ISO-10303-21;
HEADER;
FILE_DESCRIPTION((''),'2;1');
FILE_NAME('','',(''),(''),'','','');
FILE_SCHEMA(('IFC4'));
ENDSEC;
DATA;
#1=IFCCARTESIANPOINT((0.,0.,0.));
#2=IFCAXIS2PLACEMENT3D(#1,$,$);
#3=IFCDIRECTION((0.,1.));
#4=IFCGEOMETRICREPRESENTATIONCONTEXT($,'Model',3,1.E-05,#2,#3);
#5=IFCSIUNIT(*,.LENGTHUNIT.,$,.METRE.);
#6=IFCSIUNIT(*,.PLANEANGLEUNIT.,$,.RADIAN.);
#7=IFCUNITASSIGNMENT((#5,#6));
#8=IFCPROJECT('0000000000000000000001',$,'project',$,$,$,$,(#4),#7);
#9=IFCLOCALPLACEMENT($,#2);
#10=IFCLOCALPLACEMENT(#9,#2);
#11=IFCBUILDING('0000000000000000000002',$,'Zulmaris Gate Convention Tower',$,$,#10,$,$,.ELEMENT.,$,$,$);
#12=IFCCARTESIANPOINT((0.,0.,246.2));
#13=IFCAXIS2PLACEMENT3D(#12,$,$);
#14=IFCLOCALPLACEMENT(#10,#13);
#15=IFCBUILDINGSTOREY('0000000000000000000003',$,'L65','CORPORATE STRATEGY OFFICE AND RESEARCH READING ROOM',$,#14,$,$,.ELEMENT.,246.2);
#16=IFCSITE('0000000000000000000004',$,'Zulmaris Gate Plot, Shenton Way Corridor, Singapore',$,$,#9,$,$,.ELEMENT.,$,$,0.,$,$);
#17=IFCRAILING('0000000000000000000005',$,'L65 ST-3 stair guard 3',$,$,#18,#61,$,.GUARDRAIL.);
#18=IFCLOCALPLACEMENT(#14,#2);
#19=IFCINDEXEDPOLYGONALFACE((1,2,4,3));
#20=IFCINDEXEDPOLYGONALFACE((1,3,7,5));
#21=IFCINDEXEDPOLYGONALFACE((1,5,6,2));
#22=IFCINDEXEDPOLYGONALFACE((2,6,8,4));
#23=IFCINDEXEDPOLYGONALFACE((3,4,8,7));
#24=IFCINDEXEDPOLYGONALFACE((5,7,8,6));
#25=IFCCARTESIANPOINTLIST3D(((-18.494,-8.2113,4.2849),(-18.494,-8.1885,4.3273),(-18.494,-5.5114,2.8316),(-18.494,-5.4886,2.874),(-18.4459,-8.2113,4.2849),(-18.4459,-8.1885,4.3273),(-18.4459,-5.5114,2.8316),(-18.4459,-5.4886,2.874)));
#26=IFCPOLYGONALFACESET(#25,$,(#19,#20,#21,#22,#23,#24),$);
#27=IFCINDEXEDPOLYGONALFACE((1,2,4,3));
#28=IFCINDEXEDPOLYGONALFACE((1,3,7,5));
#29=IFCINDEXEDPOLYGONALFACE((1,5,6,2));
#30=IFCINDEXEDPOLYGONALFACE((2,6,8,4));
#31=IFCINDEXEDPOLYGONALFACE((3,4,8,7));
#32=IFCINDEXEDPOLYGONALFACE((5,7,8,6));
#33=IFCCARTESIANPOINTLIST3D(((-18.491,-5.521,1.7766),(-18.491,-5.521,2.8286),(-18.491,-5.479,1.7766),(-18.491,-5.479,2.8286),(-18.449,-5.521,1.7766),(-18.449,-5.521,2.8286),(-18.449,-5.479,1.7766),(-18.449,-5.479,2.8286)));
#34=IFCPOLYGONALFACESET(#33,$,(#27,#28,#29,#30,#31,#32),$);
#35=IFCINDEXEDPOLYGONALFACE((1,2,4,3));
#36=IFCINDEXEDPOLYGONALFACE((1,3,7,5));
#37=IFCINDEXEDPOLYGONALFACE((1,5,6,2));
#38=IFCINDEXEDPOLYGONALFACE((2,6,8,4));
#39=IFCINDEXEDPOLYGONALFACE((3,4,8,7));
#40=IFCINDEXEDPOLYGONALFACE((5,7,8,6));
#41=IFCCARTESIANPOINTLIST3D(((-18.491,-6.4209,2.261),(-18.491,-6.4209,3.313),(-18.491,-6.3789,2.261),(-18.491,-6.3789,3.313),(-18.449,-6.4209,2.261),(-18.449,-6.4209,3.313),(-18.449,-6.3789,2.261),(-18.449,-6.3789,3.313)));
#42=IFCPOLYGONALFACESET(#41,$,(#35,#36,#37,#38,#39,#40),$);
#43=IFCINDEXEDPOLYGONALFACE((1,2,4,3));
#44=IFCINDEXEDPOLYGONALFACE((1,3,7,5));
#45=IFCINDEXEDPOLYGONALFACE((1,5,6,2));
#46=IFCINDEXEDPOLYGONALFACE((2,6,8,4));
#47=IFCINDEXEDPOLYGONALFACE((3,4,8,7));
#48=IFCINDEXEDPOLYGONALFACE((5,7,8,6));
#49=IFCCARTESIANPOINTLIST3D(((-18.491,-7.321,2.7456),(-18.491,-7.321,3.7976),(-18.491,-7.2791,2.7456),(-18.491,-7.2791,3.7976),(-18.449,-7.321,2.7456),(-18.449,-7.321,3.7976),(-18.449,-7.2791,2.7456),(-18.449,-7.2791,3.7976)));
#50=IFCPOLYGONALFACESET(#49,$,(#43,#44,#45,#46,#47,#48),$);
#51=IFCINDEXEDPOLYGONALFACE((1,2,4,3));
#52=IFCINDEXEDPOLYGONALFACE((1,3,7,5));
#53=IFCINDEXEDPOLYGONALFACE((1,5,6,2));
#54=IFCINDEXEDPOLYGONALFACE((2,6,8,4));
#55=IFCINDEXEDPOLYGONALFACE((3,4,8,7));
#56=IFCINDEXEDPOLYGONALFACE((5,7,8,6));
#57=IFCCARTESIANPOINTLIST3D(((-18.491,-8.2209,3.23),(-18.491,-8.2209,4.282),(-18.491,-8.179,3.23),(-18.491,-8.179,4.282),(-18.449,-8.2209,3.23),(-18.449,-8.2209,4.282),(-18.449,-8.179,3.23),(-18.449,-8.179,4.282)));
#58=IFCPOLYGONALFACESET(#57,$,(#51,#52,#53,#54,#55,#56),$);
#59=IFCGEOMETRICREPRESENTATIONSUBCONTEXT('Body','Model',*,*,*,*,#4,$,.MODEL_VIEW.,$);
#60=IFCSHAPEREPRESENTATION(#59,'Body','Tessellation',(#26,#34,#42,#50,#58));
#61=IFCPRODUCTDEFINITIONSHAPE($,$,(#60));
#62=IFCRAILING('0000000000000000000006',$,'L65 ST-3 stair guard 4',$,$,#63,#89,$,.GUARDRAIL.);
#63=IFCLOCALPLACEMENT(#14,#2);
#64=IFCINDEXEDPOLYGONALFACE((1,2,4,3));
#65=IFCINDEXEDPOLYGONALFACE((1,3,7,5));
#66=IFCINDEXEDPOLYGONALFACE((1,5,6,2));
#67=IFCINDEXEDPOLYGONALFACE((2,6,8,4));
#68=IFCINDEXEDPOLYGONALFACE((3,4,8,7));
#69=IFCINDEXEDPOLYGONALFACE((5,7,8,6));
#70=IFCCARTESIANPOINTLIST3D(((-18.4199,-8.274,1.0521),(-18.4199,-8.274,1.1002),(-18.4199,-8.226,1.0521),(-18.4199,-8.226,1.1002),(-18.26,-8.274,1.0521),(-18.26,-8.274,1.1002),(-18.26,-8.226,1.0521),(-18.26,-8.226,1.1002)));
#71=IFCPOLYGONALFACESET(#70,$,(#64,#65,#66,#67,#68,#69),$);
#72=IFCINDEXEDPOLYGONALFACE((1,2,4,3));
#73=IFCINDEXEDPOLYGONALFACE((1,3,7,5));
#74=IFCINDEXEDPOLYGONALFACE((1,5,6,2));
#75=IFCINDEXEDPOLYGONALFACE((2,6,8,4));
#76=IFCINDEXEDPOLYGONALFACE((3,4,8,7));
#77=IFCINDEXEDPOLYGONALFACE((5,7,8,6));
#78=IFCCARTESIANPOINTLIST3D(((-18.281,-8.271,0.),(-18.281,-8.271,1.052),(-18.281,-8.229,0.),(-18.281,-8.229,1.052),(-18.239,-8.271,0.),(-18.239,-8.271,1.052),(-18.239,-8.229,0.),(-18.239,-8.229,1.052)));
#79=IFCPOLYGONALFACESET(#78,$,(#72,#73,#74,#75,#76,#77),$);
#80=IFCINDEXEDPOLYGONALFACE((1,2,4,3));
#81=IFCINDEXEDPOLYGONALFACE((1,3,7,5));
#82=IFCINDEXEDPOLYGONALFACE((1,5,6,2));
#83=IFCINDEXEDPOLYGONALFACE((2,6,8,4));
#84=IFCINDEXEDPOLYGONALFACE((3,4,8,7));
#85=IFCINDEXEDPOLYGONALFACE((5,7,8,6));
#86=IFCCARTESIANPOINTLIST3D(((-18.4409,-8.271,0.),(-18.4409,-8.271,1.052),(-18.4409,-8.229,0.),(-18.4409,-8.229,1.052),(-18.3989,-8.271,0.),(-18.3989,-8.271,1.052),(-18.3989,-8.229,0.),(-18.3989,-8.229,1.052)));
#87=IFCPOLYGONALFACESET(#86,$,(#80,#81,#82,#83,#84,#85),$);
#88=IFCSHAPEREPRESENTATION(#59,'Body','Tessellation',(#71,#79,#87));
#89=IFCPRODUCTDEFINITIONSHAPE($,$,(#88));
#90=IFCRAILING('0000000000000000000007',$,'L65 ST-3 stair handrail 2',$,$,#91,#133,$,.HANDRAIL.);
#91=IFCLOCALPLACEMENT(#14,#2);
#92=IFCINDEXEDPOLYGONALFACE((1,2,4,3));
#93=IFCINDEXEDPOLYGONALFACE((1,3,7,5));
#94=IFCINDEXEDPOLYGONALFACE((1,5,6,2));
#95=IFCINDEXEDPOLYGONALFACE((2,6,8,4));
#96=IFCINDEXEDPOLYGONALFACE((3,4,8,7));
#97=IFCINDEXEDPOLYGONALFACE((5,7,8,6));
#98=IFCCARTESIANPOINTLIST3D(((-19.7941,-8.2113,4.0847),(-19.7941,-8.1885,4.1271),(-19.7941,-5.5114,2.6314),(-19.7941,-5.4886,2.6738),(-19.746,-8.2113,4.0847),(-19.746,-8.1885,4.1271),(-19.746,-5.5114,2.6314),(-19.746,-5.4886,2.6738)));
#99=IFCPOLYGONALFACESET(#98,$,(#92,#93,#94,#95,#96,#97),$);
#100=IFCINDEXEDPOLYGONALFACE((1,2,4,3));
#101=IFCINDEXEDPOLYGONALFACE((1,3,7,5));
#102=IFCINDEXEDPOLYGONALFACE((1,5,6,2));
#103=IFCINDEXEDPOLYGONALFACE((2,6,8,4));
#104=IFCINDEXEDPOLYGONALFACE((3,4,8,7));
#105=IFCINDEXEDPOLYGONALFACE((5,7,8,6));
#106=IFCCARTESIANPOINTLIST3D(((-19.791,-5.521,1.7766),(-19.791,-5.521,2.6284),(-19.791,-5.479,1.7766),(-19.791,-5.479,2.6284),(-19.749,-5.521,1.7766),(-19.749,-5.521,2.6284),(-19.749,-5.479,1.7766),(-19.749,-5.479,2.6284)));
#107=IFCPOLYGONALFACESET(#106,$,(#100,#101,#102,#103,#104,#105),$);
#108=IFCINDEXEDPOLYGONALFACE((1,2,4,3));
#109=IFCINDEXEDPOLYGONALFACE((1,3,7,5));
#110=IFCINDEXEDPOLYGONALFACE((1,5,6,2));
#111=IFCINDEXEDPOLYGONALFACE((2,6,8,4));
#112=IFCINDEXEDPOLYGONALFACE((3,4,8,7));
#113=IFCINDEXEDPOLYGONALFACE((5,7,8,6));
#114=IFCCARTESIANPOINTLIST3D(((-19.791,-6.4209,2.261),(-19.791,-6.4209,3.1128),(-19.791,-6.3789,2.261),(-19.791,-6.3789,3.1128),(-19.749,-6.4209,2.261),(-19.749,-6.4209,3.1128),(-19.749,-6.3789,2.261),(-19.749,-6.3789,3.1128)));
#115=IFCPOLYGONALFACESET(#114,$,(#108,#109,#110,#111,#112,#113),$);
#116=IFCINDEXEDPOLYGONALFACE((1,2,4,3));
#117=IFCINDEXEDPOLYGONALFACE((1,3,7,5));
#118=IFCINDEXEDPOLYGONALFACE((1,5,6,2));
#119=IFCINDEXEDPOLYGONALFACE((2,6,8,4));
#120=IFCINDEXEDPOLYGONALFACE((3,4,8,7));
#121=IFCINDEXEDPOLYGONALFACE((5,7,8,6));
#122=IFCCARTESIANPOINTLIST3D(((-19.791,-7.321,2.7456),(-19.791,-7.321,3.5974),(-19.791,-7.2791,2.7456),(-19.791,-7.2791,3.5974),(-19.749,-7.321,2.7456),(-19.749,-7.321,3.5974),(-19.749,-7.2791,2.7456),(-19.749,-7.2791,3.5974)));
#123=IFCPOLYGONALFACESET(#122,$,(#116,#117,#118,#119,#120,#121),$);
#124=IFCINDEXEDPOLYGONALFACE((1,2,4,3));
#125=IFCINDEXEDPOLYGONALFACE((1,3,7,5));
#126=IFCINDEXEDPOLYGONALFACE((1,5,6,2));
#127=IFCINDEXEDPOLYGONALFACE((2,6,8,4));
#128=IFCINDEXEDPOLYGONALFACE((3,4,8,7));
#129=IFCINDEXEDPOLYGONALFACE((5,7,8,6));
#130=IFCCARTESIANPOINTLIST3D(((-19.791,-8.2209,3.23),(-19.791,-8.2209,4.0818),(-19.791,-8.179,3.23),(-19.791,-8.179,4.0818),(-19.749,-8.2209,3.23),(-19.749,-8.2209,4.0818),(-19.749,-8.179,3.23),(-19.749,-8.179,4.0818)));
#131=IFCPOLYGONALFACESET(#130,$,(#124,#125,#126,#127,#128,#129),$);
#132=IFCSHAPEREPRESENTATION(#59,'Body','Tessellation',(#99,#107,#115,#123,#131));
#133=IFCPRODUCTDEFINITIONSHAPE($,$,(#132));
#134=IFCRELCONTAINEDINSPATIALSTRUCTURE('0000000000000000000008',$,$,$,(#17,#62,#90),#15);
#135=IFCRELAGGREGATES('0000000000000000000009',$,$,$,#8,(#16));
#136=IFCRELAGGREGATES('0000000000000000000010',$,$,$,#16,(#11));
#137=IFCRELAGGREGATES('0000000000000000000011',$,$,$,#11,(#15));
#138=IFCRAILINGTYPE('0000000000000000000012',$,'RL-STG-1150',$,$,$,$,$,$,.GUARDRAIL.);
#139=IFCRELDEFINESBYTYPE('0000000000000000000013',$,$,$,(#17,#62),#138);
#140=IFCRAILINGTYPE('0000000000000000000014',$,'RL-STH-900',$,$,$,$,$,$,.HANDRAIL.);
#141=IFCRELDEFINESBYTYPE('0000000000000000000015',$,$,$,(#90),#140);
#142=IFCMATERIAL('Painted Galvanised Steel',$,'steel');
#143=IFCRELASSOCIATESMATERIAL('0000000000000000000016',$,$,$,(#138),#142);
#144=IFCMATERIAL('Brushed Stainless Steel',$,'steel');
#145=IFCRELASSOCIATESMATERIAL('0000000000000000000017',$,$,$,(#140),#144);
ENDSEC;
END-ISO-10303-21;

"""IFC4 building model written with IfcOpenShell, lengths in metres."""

from ifc_helpers import new_model, si_unit, direction, frame, origin, origin_2d, place, context, subcontext, project, spatial, rectangle, extrude, material, type_object, element, save


model = new_model("IFC4")

# Units and contexts
model_context = context("Model", 3, precision=1e-05, world=origin(), true_north=direction((0.0, 1.0)))
body_context = subcontext(model_context, "Body", "Model", "MODEL_VIEW")
ifc_project = project(units=[si_unit("LENGTHUNIT", "METRE"), si_unit("PLANEANGLEUNIT", "RADIAN")], contexts=[model_context])

# Site, building, storey
site_placement = place(None, origin())
site = spatial("IfcSite", under=ifc_project, at=site_placement, Name="Zulmaris Gate Plot, Shenton Way Corridor, Singapore", CompositionType="ELEMENT", RefElevation=0.0)
building_placement = place(site_placement, origin())
building = spatial("IfcBuilding", under=site, at=building_placement, Name="Zulmaris Gate Convention Tower", CompositionType="ELEMENT")
storey_placement = place(building_placement, frame((0.0, 0.0, 246.2)))
storey = spatial("IfcBuildingStorey", under=building, at=storey_placement, Name="L65", Description="CORPORATE STRATEGY OFFICE AND RESEARCH READING ROOM", CompositionType="ELEMENT", Elevation=246.2)

# Shared definitions
ifc_material_1 = material(Name="Brushed Stainless Steel", Category="steel")

# Railings
ifc_material_2 = material(Name="Painted Galvanised Steel", Category="steel")
railing_type_1 = type_object("IfcRailingType", Name="RL-STG-1150", PredefinedType="GUARDRAIL", material=ifc_material_2)
railing_1_placement = place(storey_placement, frame((-18.47, -5.5, 1.7766)))
element("IfcRailing", 1, at=railing_1_placement, inside=storey, type_object=railing_type_1, Name="L65 ST-3 stair guard 3", PredefinedType="GUARDRAIL", context=body_context, shape_type="SweptSolid", body=[
    extrude(rectangle(XDim=0.0481, YDim=0.0481, at=origin_2d()), frame((0.0, 0.0, 1.0762), z_axis=(0.0, -0.880532, 0.473986), x_axis=(1.0, 0.0, 0.0)), (0.0, 0.0, 1.0), 3.0662),
    extrude(rectangle(XDim=0.042, YDim=0.042, at=origin_2d()), origin(), (0.0, 0.0, 1.0), 1.052),
    extrude(rectangle(XDim=0.042, YDim=0.042, at=origin_2d()), frame((0.0, -0.8999, 0.4844)), (0.0, 0.0, 1.0), 1.052),
    extrude(rectangle(XDim=0.042, YDim=0.042, at=origin_2d()), frame((0.0, -1.8, 0.969)), (0.0, 0.0, 1.0), 1.052),
    extrude(rectangle(XDim=0.042, YDim=0.042, at=origin_2d()), frame((0.0, -2.7, 1.4534)), (0.0, 0.0, 1.0), 1.052),
])
railing_2_placement = place(storey_placement, frame((-18.26, -8.25, 0.0)))
element("IfcRailing", 2, at=railing_2_placement, inside=storey, type_object=railing_type_1, Name="L65 ST-3 stair guard 4", PredefinedType="GUARDRAIL", context=body_context, shape_type="SweptSolid", body=[
    extrude(rectangle(XDim=0.0481, YDim=0.0481, at=origin_2d()), frame((0.0, 0.0, 1.0762), z_axis=(-1.0, 0.0, 0.0), x_axis=(0.0, -1.0, 0.0)), (0.0, 0.0, 1.0), 0.1599),
    extrude(rectangle(XDim=0.042, YDim=0.042, at=origin_2d()), origin(), (0.0, 0.0, 1.0), 1.052),
    extrude(rectangle(XDim=0.042, YDim=0.042, at=origin_2d()), frame((-0.1599, 0.0, 0.0)), (0.0, 0.0, 1.0), 1.052),
])
railing_type_2 = type_object("IfcRailingType", Name="RL-STH-900", PredefinedType="HANDRAIL", material=ifc_material_1)
railing_3_placement = place(storey_placement, frame((-19.77, -5.5, 1.7766)))
element("IfcRailing", 3, at=railing_3_placement, inside=storey, type_object=railing_type_2, Name="L65 ST-3 stair handrail 2", PredefinedType="HANDRAIL", context=body_context, shape_type="SweptSolid", body=[
    extrude(rectangle(XDim=0.0481, YDim=0.0481, at=origin_2d()), frame((0.0, 0.0, 0.876), z_axis=(0.0, -0.880532, 0.473986), x_axis=(1.0, 0.0, 0.0)), (0.0, 0.0, 1.0), 3.0662),
    extrude(rectangle(XDim=0.042, YDim=0.042, at=origin_2d()), origin(), (0.0, 0.0, 1.0), 0.8518),
    extrude(rectangle(XDim=0.042, YDim=0.042, at=origin_2d()), frame((0.0, -0.8999, 0.4844)), (0.0, 0.0, 1.0), 0.8518),
    extrude(rectangle(XDim=0.042, YDim=0.042, at=origin_2d()), frame((0.0, -1.8, 0.969)), (0.0, 0.0, 1.0), 0.8518),
    extrude(rectangle(XDim=0.042, YDim=0.042, at=origin_2d()), frame((0.0, -2.7, 1.4534)), (0.0, 0.0, 1.0), 0.8518),
])

save(model, "model.ifc")
